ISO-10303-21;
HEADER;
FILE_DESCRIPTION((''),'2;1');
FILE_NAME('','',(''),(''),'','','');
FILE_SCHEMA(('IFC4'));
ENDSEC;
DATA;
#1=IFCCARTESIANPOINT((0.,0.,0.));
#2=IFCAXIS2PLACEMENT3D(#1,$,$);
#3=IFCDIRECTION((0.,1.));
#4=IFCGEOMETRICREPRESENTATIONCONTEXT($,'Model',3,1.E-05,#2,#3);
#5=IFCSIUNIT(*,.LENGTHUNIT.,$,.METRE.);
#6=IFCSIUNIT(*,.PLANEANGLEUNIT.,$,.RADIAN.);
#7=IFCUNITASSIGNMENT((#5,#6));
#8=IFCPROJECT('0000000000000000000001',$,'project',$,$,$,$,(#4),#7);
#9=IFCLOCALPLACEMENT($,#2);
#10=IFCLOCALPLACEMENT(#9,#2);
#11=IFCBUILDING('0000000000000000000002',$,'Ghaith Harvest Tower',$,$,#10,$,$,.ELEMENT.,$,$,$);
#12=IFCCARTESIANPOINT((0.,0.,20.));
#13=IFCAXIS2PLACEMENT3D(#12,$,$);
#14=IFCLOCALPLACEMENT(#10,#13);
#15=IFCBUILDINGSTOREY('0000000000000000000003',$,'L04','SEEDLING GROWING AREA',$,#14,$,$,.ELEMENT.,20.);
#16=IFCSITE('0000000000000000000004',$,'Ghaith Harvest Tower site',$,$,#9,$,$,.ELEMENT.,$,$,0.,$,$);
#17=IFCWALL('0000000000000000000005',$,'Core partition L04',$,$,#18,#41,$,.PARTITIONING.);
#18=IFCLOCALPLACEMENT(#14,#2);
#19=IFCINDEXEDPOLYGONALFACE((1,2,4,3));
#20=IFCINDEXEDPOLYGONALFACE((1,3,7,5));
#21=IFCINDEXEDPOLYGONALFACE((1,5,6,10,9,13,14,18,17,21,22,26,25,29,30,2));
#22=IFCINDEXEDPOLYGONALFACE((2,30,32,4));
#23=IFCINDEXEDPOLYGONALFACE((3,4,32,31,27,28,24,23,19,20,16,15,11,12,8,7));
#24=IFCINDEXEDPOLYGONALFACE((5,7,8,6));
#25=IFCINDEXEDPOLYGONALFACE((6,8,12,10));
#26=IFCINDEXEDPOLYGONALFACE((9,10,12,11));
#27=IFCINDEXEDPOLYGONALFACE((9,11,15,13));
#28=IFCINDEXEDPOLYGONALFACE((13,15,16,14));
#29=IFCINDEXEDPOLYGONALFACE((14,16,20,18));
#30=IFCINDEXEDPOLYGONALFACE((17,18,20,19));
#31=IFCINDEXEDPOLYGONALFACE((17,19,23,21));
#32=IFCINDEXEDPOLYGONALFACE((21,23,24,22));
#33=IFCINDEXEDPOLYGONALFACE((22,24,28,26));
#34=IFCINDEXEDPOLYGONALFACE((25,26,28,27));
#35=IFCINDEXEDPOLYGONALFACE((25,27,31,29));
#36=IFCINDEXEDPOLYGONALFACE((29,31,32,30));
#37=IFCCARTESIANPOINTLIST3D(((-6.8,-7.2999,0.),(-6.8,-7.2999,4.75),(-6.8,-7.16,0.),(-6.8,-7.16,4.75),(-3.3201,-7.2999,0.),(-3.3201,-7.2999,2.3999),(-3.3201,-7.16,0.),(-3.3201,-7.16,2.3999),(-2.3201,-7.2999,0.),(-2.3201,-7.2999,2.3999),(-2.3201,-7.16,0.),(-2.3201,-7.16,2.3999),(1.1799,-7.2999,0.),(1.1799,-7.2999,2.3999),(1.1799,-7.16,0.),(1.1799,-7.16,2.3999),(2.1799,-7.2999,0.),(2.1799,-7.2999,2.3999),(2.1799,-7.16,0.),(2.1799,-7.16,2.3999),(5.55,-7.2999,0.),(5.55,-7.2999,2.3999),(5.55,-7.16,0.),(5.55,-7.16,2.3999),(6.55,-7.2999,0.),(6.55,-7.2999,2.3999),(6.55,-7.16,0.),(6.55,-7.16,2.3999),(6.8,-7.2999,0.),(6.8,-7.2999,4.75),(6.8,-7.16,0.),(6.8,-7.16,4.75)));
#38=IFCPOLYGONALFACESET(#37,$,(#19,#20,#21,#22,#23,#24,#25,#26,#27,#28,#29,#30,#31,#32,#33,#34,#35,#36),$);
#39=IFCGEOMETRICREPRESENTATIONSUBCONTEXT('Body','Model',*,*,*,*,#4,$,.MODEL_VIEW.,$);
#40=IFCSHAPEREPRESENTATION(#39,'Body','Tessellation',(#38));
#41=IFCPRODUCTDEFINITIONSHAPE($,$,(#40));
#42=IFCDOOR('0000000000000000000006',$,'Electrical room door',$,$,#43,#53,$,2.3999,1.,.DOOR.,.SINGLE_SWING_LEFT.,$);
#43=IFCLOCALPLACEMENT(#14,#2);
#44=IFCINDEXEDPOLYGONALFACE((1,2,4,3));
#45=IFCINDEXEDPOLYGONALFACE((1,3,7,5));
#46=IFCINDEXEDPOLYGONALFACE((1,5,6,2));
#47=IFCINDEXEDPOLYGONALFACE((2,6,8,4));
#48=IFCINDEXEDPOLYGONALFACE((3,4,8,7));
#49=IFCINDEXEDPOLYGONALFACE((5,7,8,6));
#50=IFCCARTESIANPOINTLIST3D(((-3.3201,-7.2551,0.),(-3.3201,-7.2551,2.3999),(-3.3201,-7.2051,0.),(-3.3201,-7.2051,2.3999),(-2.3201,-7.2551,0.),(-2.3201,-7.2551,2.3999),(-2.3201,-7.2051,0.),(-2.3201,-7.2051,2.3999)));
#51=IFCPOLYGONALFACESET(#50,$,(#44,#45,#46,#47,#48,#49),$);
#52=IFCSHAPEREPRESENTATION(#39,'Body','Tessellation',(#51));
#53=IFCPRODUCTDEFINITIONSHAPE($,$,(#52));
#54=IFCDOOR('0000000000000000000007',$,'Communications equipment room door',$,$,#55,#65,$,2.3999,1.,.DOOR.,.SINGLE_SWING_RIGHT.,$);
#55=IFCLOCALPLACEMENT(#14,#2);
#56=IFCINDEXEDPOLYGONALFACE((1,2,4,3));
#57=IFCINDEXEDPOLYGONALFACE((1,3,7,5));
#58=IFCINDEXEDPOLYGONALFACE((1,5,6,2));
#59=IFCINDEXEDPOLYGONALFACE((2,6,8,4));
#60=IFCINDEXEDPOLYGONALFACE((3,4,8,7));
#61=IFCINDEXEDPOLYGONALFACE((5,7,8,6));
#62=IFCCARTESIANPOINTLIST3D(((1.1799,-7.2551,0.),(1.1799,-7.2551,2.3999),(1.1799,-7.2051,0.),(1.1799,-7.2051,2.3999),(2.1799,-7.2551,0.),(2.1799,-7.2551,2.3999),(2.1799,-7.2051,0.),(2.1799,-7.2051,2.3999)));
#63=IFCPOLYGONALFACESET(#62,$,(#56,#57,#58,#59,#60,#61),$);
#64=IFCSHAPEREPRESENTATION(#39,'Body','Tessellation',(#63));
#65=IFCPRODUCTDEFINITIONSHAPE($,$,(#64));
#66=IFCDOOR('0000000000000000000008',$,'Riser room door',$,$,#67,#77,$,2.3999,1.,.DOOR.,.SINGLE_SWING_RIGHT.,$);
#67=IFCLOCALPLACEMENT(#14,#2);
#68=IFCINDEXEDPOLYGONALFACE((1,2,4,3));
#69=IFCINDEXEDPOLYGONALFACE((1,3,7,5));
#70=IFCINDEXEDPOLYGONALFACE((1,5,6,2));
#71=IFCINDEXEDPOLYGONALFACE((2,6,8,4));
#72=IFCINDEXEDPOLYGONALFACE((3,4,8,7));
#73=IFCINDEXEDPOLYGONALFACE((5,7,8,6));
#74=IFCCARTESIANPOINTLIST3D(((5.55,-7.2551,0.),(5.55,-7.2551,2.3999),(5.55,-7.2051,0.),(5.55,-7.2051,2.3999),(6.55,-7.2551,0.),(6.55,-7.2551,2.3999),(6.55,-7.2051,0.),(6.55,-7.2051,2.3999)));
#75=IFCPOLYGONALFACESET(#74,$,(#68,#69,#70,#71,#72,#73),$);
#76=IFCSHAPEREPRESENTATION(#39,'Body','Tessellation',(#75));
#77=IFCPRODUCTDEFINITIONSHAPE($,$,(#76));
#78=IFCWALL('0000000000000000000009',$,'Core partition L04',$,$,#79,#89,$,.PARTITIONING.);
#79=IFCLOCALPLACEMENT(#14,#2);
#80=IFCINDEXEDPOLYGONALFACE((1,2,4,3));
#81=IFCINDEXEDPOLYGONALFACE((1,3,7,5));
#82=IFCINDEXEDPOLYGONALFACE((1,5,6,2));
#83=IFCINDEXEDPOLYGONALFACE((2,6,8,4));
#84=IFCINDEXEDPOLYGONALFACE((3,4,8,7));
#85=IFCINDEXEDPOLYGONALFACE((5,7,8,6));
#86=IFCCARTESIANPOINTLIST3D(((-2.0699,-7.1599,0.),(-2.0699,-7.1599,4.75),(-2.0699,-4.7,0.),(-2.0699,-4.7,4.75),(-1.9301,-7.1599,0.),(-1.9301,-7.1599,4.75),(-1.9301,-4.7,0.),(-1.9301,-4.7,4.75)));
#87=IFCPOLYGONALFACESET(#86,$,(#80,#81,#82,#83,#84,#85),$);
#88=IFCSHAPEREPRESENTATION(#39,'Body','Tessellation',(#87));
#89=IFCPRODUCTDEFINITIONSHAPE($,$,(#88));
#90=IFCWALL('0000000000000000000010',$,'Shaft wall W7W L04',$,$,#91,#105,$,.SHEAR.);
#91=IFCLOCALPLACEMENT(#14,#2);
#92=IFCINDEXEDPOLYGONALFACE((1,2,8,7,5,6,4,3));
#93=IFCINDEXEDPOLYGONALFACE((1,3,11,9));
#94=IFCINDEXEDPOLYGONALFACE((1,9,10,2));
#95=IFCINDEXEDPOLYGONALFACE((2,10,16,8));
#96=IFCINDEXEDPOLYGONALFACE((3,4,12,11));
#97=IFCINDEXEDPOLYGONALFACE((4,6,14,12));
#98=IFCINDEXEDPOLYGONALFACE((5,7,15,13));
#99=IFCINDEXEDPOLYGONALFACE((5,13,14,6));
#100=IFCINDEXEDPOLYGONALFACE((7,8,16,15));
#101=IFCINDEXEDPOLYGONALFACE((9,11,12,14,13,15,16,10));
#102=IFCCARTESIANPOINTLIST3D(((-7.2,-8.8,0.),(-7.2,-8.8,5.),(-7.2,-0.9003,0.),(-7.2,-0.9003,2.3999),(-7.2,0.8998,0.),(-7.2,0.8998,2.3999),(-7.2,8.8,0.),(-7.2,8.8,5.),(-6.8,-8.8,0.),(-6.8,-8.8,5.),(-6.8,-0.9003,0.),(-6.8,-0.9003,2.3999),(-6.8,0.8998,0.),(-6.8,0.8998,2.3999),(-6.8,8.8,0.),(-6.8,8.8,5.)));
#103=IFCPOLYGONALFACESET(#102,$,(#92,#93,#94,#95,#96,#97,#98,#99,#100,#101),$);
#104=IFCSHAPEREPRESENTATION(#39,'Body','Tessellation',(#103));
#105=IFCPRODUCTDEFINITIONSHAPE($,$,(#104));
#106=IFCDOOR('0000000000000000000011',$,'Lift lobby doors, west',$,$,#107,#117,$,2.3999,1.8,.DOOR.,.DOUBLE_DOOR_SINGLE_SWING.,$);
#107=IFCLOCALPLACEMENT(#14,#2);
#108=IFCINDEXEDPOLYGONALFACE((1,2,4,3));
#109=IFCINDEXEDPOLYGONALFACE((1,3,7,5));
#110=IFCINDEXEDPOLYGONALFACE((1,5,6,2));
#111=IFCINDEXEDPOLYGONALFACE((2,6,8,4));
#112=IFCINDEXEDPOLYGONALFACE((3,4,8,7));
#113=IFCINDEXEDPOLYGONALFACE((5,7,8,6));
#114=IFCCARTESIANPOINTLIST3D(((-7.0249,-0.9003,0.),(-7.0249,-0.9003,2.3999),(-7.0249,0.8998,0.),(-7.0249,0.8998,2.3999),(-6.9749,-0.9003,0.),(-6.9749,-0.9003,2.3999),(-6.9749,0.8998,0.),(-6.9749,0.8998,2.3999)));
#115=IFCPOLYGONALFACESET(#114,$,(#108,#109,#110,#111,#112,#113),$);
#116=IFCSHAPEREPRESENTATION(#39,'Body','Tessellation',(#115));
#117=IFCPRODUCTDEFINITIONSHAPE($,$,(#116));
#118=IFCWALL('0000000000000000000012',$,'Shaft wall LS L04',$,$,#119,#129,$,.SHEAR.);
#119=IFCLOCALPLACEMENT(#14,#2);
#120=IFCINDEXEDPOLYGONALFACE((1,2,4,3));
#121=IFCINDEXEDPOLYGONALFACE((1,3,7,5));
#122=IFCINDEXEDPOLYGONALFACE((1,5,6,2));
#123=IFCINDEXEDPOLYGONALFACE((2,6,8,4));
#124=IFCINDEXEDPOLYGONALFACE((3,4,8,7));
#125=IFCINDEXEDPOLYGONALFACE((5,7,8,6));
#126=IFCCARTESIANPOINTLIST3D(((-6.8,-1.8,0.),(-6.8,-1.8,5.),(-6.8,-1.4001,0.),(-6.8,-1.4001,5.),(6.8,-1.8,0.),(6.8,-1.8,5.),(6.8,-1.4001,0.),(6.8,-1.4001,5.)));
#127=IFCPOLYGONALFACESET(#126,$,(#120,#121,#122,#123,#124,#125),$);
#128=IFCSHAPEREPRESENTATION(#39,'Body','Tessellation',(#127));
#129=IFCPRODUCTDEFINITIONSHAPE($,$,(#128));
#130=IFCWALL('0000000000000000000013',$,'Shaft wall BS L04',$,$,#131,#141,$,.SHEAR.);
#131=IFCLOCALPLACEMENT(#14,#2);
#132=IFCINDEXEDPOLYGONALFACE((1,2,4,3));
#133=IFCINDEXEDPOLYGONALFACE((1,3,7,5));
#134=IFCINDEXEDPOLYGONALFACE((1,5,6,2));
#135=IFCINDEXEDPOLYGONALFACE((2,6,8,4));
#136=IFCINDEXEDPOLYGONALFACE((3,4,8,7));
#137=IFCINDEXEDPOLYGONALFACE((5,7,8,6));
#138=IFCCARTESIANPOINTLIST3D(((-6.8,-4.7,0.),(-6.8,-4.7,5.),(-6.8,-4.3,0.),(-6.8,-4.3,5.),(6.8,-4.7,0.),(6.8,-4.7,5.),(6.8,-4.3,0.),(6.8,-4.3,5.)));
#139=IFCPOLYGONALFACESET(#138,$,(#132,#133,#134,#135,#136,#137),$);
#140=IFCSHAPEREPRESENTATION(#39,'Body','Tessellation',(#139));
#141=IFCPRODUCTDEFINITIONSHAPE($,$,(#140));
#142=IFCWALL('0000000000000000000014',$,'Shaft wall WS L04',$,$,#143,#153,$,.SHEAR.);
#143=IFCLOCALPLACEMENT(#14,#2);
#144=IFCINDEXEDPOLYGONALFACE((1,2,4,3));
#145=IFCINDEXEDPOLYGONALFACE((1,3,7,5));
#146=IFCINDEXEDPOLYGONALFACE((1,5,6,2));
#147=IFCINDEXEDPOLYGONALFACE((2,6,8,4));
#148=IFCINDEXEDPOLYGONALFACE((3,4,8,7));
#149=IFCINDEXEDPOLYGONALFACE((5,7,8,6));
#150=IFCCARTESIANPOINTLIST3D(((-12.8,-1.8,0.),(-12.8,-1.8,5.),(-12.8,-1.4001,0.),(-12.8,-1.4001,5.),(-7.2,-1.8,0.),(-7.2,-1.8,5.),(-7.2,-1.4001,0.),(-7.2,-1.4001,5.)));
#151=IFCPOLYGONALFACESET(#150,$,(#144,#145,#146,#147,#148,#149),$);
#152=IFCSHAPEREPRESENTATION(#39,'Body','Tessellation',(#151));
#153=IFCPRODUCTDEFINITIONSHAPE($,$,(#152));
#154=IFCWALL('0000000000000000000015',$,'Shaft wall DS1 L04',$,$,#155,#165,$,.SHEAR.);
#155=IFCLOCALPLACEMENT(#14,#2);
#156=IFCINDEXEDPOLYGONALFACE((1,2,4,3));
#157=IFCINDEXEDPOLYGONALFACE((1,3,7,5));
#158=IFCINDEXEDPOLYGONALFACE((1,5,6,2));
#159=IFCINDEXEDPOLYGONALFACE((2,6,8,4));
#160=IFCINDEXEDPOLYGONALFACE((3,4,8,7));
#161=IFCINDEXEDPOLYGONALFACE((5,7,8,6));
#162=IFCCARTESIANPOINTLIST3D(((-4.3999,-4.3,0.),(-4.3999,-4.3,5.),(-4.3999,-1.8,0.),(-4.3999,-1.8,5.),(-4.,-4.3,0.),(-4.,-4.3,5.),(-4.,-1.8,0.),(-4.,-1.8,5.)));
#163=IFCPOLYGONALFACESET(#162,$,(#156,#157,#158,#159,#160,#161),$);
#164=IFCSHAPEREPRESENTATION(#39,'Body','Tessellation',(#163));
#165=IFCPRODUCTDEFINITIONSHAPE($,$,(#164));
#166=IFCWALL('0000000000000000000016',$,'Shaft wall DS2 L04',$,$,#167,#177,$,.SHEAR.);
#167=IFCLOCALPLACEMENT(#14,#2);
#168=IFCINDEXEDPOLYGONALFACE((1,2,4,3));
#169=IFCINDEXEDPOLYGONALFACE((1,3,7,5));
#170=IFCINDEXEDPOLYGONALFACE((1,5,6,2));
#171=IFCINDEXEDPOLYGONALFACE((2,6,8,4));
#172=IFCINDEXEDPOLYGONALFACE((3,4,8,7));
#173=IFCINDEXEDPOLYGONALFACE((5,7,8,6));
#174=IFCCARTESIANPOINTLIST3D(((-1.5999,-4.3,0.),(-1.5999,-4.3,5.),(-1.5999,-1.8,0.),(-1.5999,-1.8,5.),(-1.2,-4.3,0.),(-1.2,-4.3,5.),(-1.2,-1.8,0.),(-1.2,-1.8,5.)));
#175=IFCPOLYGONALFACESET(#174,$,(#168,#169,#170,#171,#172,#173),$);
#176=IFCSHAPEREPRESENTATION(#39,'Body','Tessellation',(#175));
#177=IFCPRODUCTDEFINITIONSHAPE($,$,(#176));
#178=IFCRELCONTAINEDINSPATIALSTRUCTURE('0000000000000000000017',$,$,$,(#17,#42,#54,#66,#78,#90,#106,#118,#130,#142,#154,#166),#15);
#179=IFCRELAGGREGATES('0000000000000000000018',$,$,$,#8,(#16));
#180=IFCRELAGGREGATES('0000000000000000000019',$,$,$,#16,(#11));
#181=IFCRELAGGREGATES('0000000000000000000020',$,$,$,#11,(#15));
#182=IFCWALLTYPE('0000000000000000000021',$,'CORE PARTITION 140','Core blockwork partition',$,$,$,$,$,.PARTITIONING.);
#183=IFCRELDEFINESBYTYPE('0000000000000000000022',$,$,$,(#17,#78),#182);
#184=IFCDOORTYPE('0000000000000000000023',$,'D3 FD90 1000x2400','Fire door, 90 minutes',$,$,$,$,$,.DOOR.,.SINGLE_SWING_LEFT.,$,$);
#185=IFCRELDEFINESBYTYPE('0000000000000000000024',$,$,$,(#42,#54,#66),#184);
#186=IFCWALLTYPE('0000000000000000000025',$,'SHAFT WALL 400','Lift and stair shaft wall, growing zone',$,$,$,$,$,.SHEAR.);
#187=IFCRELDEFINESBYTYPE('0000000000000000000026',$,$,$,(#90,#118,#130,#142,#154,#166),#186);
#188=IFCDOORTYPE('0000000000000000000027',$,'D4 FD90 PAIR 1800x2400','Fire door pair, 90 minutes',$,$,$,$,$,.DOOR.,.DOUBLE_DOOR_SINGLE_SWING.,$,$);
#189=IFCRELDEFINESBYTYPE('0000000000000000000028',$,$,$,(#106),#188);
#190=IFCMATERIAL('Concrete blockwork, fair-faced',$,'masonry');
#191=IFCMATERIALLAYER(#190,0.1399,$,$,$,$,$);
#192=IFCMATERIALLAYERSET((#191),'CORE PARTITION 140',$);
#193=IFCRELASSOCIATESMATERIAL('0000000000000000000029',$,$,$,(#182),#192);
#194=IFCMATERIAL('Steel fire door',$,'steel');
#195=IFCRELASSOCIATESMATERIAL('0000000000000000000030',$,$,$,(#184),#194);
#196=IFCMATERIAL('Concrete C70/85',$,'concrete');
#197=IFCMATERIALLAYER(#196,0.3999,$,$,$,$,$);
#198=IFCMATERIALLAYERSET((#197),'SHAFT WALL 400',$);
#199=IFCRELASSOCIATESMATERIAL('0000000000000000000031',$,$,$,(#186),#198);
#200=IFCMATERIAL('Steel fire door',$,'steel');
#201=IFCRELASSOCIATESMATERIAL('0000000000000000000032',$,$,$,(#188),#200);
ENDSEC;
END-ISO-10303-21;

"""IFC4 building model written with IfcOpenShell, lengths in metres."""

from ifc_helpers import new_model, si_unit, direction, frame, frame_2d, origin, place, context, subcontext, project, spatial, rectangle, extrude, material, layer, layer_set, type_object, element, fill, save


model = new_model("IFC4")

# Units and contexts
model_context = context("Model", 3, precision=1e-05, world=origin(), true_north=direction((0.0, 1.0)))
body_context = subcontext(model_context, "Body", "Model", "MODEL_VIEW")
ifc_project = project(units=[si_unit("LENGTHUNIT", "METRE"), si_unit("PLANEANGLEUNIT", "RADIAN")], contexts=[model_context])

# Site, building, storey
site_placement = place(None, origin())
site = spatial("IfcSite", under=ifc_project, at=site_placement, Name="Ghaith Harvest Tower site", CompositionType="ELEMENT", RefElevation=0.0)
building_placement = place(site_placement, origin())
building = spatial("IfcBuilding", under=site, at=building_placement, Name="Ghaith Harvest Tower", CompositionType="ELEMENT")
storey_placement = place(building_placement, frame((0.0, 0.0, 20.0)))
storey = spatial("IfcBuildingStorey", under=building, at=storey_placement, Name="L04", Description="SEEDLING GROWING AREA", CompositionType="ELEMENT", Elevation=20.0)

# Wall, openings, doors
ifc_material_1 = material(Name="Concrete blockwork, fair-faced", Category="masonry")
ifc_layer_1 = layer(ifc_material_1, 0.1399)
ifc_layer_set_1 = layer_set([ifc_layer_1], Name="CORE PARTITION 140")
wall_type_1 = type_object("IfcWallType", Name="CORE PARTITION 140", Description="Core blockwork partition", PredefinedType="PARTITIONING", material=ifc_layer_set_1)
wall_1_placement = place(storey_placement, frame((-6.8, -7.23, 0.0), z_axis=(0.0, 0.0, 1.0), x_axis=(1.0, 0.0, 0.0)))
wall_1 = element("IfcWall", 1, at=wall_1_placement, inside=storey, type_object=wall_type_1, Name="Core partition L04", PredefinedType="PARTITIONING", context=body_context, shape_type="SweptSolid", body=[
    extrude(rectangle(XDim=13.6001, YDim=0.1399, at=frame_2d((6.8, 0.0))), origin(), (0.0, 0.0, 1.0), 4.75),
])
opening_1_placement = place(wall_1_placement, frame((3.48, 0.0, 0.0)))
opening_1 = element("IfcOpeningElement", 2, at=opening_1_placement, cuts=wall_1, PredefinedType="OPENING", context=body_context, shape_type="SweptSolid", body=[
    extrude(rectangle(XDim=1.0, YDim=2.3999, at=frame_2d((0.5, 1.2))), frame((0.0, 0.0801, 0.0), z_axis=(0.0, -1.0, 0.0), x_axis=(1.0, 0.0, 0.0)), (0.0, 0.0, 1.0), 0.1599),
])
opening_2_placement = place(wall_1_placement, frame((7.98, 0.0, 0.0)))
opening_2 = element("IfcOpeningElement", 3, at=opening_2_placement, cuts=wall_1, PredefinedType="OPENING", context=body_context, shape_type="SweptSolid", body=[
    extrude(rectangle(XDim=1.0, YDim=2.3999, at=frame_2d((0.5, 1.2))), frame((0.0, 0.0801, 0.0), z_axis=(0.0, -1.0, 0.0), x_axis=(1.0, 0.0, 0.0)), (0.0, 0.0, 1.0), 0.1599),
])
opening_3_placement = place(wall_1_placement, frame((12.3501, 0.0, 0.0)))
opening_3 = element("IfcOpeningElement", 4, at=opening_3_placement, cuts=wall_1, PredefinedType="OPENING", context=body_context, shape_type="SweptSolid", body=[
    extrude(rectangle(XDim=1.0, YDim=2.3999, at=frame_2d((0.5, 1.2))), frame((0.0, 0.0801, 0.0), z_axis=(0.0, -1.0, 0.0), x_axis=(1.0, 0.0, 0.0)), (0.0, 0.0, 1.0), 0.1599),
])
ifc_material_2 = material(Name="Steel fire door", Category="steel")
door_type_1 = type_object("IfcDoorType", Name="D3 FD90 1000x2400", Description="Fire door, 90 minutes", OperationType="SINGLE_SWING_LEFT", PredefinedType="DOOR", material=ifc_material_2)
door_1_placement = place(opening_1_placement, origin())
door_1 = element("IfcDoor", 5, at=door_1_placement, inside=storey, type_object=door_type_1, Name="Electrical room door", OperationType="SINGLE_SWING_LEFT", OverallHeight=2.3999, OverallWidth=1.0, PredefinedType="DOOR", context=body_context, shape_type="SweptSolid", body=[
    extrude(rectangle(XDim=1.0, YDim=2.3999, at=frame_2d((0.5, 1.2))), frame((0.0, 0.0249, 0.0), z_axis=(0.0, -1.0, 0.0), x_axis=(1.0, 0.0, 0.0)), (0.0, 0.0, 1.0), 0.05),
])
fill(opening_1, door_1)
door_2_placement = place(opening_2_placement, origin())
door_2 = element("IfcDoor", 6, at=door_2_placement, inside=storey, type_object=door_type_1, Name="Communications equipment room door", OperationType="SINGLE_SWING_RIGHT", OverallHeight=2.3999, OverallWidth=1.0, PredefinedType="DOOR", context=body_context, shape_type="SweptSolid", body=[
    extrude(rectangle(XDim=1.0, YDim=2.3999, at=frame_2d((0.5, 1.2))), frame((0.0, 0.0249, 0.0), z_axis=(0.0, -1.0, 0.0), x_axis=(1.0, 0.0, 0.0)), (0.0, 0.0, 1.0), 0.05),
])
fill(opening_2, door_2)
door_3_placement = place(opening_3_placement, origin())
door_3 = element("IfcDoor", 7, at=door_3_placement, inside=storey, type_object=door_type_1, Name="Riser room door", OperationType="SINGLE_SWING_RIGHT", OverallHeight=2.3999, OverallWidth=1.0, PredefinedType="DOOR", context=body_context, shape_type="SweptSolid", body=[
    extrude(rectangle(XDim=1.0, YDim=2.3999, at=frame_2d((0.5, 1.2))), frame((0.0, 0.0249, 0.0), z_axis=(0.0, -1.0, 0.0), x_axis=(1.0, 0.0, 0.0)), (0.0, 0.0, 1.0), 0.05),
])
fill(opening_3, door_3)

# Wall
wall_2_placement = place(storey_placement, frame((-2.0, -4.7, 0.0), z_axis=(0.0, 0.0, 1.0), x_axis=(0.0, -1.0, 0.0)))
element("IfcWall", 8, at=wall_2_placement, inside=storey, type_object=wall_type_1, Name="Core partition L04", PredefinedType="PARTITIONING", context=body_context, shape_type="SweptSolid", body=[
    extrude(rectangle(XDim=2.46, YDim=0.1399, at=frame_2d((1.23, 0.0))), origin(), (0.0, 0.0, 1.0), 4.75),
])

# Wall, opening, door
ifc_material_3 = material(Name="Concrete C70/85", Category="concrete")
ifc_layer_2 = layer(ifc_material_3, 0.3999)
ifc_layer_set_2 = layer_set([ifc_layer_2], Name="SHAFT WALL 400")
wall_type_2 = type_object("IfcWallType", Name="SHAFT WALL 400", Description="Lift and stair shaft wall, growing zone", PredefinedType="SHEAR", material=ifc_layer_set_2)
wall_3_placement = place(storey_placement, frame((-7.0, -8.8, 0.0), z_axis=(0.0, 0.0, 1.0), x_axis=(0.0, 1.0, 0.0)))
wall_3 = element("IfcWall", 9, at=wall_3_placement, inside=storey, type_object=wall_type_2, Name="Shaft wall W7W L04", PredefinedType="SHEAR", context=body_context, shape_type="SweptSolid", body=[
    extrude(rectangle(XDim=17.6001, YDim=0.3999, at=frame_2d((8.8, 0.0))), origin(), (0.0, 0.0, 1.0), 5.0),
])
opening_4_placement = place(wall_3_placement, frame((7.8999, 0.0, 0.0)))
opening_4 = element("IfcOpeningElement", 10, at=opening_4_placement, cuts=wall_3, PredefinedType="OPENING", context=body_context, shape_type="SweptSolid", body=[
    extrude(rectangle(XDim=1.8, YDim=2.3999, at=frame_2d((0.8999, 1.2))), frame((0.0, 0.21, 0.0), z_axis=(0.0, -1.0, 0.0), x_axis=(1.0, 0.0, 0.0)), (0.0, 0.0, 1.0), 0.4199),
])
ifc_material_4 = material(Name="Steel fire door", Category="steel")
door_type_2 = type_object("IfcDoorType", Name="D4 FD90 PAIR 1800x2400", Description="Fire door pair, 90 minutes", OperationType="DOUBLE_DOOR_SINGLE_SWING", PredefinedType="DOOR", material=ifc_material_4)
door_4_placement = place(opening_4_placement, origin())
door_4 = element("IfcDoor", 11, at=door_4_placement, inside=storey, type_object=door_type_2, Name="Lift lobby doors, west", OperationType="DOUBLE_DOOR_SINGLE_SWING", OverallHeight=2.3999, OverallWidth=1.8, PredefinedType="DOOR", context=body_context, shape_type="SweptSolid", body=[
    extrude(rectangle(XDim=1.8, YDim=2.3999, at=frame_2d((0.8999, 1.2))), frame((0.0, 0.0249, 0.0), z_axis=(0.0, -1.0, 0.0), x_axis=(1.0, 0.0, 0.0)), (0.0, 0.0, 1.0), 0.05),
])
fill(opening_4, door_4)

# Walls
for number, where, z_axis, x_axis, name in (
    (12, (-6.8, -1.6001, 0.0), (0.0, 0.0, 1.0), (1.0, 0.0, 0.0), "Shaft wall LS L04"),
    (13, (-6.8, -4.5, 0.0), (0.0, 0.0, 1.0), (1.0, 0.0, 0.0), "Shaft wall BS L04"),
):
    element("IfcWall", number, at=place(storey_placement, frame(where, z_axis=z_axis, x_axis=x_axis)), inside=storey, type_object=wall_type_2, Name=name, PredefinedType="SHEAR", context=body_context, shape_type="SweptSolid", body=[
        extrude(rectangle(XDim=13.6001, YDim=0.3999, at=frame_2d((6.8, 0.0))), origin(), (0.0, 0.0, 1.0), 5.0),
    ])
wall_4_placement = place(storey_placement, frame((-12.8, -1.6001, 0.0), z_axis=(0.0, 0.0, 1.0), x_axis=(1.0, 0.0, 0.0)))
element("IfcWall", 14, at=wall_4_placement, inside=storey, type_object=wall_type_2, Name="Shaft wall WS L04", PredefinedType="SHEAR", context=body_context, shape_type="SweptSolid", body=[
    extrude(rectangle(XDim=5.6001, YDim=0.3999, at=frame_2d((2.8, 0.0))), origin(), (0.0, 0.0, 1.0), 5.0),
])
for number, where, z_axis, x_axis, name in (
    (15, (-4.2, -4.3, 0.0), (0.0, 0.0, 1.0), (0.0, 1.0, 0.0), "Shaft wall DS1 L04"),
    (16, (-1.3999, -4.3, 0.0), (0.0, 0.0, 1.0), (0.0, 1.0, 0.0), "Shaft wall DS2 L04"),
):
    element("IfcWall", number, at=place(storey_placement, frame(where, z_axis=z_axis, x_axis=x_axis)), inside=storey, type_object=wall_type_2, Name=name, PredefinedType="SHEAR", context=body_context, shape_type="SweptSolid", body=[
        extrude(rectangle(XDim=2.5, YDim=0.3999, at=frame_2d((1.25, 0.0))), origin(), (0.0, 0.0, 1.0), 5.0),
    ])

save(model, "model.ifc")
